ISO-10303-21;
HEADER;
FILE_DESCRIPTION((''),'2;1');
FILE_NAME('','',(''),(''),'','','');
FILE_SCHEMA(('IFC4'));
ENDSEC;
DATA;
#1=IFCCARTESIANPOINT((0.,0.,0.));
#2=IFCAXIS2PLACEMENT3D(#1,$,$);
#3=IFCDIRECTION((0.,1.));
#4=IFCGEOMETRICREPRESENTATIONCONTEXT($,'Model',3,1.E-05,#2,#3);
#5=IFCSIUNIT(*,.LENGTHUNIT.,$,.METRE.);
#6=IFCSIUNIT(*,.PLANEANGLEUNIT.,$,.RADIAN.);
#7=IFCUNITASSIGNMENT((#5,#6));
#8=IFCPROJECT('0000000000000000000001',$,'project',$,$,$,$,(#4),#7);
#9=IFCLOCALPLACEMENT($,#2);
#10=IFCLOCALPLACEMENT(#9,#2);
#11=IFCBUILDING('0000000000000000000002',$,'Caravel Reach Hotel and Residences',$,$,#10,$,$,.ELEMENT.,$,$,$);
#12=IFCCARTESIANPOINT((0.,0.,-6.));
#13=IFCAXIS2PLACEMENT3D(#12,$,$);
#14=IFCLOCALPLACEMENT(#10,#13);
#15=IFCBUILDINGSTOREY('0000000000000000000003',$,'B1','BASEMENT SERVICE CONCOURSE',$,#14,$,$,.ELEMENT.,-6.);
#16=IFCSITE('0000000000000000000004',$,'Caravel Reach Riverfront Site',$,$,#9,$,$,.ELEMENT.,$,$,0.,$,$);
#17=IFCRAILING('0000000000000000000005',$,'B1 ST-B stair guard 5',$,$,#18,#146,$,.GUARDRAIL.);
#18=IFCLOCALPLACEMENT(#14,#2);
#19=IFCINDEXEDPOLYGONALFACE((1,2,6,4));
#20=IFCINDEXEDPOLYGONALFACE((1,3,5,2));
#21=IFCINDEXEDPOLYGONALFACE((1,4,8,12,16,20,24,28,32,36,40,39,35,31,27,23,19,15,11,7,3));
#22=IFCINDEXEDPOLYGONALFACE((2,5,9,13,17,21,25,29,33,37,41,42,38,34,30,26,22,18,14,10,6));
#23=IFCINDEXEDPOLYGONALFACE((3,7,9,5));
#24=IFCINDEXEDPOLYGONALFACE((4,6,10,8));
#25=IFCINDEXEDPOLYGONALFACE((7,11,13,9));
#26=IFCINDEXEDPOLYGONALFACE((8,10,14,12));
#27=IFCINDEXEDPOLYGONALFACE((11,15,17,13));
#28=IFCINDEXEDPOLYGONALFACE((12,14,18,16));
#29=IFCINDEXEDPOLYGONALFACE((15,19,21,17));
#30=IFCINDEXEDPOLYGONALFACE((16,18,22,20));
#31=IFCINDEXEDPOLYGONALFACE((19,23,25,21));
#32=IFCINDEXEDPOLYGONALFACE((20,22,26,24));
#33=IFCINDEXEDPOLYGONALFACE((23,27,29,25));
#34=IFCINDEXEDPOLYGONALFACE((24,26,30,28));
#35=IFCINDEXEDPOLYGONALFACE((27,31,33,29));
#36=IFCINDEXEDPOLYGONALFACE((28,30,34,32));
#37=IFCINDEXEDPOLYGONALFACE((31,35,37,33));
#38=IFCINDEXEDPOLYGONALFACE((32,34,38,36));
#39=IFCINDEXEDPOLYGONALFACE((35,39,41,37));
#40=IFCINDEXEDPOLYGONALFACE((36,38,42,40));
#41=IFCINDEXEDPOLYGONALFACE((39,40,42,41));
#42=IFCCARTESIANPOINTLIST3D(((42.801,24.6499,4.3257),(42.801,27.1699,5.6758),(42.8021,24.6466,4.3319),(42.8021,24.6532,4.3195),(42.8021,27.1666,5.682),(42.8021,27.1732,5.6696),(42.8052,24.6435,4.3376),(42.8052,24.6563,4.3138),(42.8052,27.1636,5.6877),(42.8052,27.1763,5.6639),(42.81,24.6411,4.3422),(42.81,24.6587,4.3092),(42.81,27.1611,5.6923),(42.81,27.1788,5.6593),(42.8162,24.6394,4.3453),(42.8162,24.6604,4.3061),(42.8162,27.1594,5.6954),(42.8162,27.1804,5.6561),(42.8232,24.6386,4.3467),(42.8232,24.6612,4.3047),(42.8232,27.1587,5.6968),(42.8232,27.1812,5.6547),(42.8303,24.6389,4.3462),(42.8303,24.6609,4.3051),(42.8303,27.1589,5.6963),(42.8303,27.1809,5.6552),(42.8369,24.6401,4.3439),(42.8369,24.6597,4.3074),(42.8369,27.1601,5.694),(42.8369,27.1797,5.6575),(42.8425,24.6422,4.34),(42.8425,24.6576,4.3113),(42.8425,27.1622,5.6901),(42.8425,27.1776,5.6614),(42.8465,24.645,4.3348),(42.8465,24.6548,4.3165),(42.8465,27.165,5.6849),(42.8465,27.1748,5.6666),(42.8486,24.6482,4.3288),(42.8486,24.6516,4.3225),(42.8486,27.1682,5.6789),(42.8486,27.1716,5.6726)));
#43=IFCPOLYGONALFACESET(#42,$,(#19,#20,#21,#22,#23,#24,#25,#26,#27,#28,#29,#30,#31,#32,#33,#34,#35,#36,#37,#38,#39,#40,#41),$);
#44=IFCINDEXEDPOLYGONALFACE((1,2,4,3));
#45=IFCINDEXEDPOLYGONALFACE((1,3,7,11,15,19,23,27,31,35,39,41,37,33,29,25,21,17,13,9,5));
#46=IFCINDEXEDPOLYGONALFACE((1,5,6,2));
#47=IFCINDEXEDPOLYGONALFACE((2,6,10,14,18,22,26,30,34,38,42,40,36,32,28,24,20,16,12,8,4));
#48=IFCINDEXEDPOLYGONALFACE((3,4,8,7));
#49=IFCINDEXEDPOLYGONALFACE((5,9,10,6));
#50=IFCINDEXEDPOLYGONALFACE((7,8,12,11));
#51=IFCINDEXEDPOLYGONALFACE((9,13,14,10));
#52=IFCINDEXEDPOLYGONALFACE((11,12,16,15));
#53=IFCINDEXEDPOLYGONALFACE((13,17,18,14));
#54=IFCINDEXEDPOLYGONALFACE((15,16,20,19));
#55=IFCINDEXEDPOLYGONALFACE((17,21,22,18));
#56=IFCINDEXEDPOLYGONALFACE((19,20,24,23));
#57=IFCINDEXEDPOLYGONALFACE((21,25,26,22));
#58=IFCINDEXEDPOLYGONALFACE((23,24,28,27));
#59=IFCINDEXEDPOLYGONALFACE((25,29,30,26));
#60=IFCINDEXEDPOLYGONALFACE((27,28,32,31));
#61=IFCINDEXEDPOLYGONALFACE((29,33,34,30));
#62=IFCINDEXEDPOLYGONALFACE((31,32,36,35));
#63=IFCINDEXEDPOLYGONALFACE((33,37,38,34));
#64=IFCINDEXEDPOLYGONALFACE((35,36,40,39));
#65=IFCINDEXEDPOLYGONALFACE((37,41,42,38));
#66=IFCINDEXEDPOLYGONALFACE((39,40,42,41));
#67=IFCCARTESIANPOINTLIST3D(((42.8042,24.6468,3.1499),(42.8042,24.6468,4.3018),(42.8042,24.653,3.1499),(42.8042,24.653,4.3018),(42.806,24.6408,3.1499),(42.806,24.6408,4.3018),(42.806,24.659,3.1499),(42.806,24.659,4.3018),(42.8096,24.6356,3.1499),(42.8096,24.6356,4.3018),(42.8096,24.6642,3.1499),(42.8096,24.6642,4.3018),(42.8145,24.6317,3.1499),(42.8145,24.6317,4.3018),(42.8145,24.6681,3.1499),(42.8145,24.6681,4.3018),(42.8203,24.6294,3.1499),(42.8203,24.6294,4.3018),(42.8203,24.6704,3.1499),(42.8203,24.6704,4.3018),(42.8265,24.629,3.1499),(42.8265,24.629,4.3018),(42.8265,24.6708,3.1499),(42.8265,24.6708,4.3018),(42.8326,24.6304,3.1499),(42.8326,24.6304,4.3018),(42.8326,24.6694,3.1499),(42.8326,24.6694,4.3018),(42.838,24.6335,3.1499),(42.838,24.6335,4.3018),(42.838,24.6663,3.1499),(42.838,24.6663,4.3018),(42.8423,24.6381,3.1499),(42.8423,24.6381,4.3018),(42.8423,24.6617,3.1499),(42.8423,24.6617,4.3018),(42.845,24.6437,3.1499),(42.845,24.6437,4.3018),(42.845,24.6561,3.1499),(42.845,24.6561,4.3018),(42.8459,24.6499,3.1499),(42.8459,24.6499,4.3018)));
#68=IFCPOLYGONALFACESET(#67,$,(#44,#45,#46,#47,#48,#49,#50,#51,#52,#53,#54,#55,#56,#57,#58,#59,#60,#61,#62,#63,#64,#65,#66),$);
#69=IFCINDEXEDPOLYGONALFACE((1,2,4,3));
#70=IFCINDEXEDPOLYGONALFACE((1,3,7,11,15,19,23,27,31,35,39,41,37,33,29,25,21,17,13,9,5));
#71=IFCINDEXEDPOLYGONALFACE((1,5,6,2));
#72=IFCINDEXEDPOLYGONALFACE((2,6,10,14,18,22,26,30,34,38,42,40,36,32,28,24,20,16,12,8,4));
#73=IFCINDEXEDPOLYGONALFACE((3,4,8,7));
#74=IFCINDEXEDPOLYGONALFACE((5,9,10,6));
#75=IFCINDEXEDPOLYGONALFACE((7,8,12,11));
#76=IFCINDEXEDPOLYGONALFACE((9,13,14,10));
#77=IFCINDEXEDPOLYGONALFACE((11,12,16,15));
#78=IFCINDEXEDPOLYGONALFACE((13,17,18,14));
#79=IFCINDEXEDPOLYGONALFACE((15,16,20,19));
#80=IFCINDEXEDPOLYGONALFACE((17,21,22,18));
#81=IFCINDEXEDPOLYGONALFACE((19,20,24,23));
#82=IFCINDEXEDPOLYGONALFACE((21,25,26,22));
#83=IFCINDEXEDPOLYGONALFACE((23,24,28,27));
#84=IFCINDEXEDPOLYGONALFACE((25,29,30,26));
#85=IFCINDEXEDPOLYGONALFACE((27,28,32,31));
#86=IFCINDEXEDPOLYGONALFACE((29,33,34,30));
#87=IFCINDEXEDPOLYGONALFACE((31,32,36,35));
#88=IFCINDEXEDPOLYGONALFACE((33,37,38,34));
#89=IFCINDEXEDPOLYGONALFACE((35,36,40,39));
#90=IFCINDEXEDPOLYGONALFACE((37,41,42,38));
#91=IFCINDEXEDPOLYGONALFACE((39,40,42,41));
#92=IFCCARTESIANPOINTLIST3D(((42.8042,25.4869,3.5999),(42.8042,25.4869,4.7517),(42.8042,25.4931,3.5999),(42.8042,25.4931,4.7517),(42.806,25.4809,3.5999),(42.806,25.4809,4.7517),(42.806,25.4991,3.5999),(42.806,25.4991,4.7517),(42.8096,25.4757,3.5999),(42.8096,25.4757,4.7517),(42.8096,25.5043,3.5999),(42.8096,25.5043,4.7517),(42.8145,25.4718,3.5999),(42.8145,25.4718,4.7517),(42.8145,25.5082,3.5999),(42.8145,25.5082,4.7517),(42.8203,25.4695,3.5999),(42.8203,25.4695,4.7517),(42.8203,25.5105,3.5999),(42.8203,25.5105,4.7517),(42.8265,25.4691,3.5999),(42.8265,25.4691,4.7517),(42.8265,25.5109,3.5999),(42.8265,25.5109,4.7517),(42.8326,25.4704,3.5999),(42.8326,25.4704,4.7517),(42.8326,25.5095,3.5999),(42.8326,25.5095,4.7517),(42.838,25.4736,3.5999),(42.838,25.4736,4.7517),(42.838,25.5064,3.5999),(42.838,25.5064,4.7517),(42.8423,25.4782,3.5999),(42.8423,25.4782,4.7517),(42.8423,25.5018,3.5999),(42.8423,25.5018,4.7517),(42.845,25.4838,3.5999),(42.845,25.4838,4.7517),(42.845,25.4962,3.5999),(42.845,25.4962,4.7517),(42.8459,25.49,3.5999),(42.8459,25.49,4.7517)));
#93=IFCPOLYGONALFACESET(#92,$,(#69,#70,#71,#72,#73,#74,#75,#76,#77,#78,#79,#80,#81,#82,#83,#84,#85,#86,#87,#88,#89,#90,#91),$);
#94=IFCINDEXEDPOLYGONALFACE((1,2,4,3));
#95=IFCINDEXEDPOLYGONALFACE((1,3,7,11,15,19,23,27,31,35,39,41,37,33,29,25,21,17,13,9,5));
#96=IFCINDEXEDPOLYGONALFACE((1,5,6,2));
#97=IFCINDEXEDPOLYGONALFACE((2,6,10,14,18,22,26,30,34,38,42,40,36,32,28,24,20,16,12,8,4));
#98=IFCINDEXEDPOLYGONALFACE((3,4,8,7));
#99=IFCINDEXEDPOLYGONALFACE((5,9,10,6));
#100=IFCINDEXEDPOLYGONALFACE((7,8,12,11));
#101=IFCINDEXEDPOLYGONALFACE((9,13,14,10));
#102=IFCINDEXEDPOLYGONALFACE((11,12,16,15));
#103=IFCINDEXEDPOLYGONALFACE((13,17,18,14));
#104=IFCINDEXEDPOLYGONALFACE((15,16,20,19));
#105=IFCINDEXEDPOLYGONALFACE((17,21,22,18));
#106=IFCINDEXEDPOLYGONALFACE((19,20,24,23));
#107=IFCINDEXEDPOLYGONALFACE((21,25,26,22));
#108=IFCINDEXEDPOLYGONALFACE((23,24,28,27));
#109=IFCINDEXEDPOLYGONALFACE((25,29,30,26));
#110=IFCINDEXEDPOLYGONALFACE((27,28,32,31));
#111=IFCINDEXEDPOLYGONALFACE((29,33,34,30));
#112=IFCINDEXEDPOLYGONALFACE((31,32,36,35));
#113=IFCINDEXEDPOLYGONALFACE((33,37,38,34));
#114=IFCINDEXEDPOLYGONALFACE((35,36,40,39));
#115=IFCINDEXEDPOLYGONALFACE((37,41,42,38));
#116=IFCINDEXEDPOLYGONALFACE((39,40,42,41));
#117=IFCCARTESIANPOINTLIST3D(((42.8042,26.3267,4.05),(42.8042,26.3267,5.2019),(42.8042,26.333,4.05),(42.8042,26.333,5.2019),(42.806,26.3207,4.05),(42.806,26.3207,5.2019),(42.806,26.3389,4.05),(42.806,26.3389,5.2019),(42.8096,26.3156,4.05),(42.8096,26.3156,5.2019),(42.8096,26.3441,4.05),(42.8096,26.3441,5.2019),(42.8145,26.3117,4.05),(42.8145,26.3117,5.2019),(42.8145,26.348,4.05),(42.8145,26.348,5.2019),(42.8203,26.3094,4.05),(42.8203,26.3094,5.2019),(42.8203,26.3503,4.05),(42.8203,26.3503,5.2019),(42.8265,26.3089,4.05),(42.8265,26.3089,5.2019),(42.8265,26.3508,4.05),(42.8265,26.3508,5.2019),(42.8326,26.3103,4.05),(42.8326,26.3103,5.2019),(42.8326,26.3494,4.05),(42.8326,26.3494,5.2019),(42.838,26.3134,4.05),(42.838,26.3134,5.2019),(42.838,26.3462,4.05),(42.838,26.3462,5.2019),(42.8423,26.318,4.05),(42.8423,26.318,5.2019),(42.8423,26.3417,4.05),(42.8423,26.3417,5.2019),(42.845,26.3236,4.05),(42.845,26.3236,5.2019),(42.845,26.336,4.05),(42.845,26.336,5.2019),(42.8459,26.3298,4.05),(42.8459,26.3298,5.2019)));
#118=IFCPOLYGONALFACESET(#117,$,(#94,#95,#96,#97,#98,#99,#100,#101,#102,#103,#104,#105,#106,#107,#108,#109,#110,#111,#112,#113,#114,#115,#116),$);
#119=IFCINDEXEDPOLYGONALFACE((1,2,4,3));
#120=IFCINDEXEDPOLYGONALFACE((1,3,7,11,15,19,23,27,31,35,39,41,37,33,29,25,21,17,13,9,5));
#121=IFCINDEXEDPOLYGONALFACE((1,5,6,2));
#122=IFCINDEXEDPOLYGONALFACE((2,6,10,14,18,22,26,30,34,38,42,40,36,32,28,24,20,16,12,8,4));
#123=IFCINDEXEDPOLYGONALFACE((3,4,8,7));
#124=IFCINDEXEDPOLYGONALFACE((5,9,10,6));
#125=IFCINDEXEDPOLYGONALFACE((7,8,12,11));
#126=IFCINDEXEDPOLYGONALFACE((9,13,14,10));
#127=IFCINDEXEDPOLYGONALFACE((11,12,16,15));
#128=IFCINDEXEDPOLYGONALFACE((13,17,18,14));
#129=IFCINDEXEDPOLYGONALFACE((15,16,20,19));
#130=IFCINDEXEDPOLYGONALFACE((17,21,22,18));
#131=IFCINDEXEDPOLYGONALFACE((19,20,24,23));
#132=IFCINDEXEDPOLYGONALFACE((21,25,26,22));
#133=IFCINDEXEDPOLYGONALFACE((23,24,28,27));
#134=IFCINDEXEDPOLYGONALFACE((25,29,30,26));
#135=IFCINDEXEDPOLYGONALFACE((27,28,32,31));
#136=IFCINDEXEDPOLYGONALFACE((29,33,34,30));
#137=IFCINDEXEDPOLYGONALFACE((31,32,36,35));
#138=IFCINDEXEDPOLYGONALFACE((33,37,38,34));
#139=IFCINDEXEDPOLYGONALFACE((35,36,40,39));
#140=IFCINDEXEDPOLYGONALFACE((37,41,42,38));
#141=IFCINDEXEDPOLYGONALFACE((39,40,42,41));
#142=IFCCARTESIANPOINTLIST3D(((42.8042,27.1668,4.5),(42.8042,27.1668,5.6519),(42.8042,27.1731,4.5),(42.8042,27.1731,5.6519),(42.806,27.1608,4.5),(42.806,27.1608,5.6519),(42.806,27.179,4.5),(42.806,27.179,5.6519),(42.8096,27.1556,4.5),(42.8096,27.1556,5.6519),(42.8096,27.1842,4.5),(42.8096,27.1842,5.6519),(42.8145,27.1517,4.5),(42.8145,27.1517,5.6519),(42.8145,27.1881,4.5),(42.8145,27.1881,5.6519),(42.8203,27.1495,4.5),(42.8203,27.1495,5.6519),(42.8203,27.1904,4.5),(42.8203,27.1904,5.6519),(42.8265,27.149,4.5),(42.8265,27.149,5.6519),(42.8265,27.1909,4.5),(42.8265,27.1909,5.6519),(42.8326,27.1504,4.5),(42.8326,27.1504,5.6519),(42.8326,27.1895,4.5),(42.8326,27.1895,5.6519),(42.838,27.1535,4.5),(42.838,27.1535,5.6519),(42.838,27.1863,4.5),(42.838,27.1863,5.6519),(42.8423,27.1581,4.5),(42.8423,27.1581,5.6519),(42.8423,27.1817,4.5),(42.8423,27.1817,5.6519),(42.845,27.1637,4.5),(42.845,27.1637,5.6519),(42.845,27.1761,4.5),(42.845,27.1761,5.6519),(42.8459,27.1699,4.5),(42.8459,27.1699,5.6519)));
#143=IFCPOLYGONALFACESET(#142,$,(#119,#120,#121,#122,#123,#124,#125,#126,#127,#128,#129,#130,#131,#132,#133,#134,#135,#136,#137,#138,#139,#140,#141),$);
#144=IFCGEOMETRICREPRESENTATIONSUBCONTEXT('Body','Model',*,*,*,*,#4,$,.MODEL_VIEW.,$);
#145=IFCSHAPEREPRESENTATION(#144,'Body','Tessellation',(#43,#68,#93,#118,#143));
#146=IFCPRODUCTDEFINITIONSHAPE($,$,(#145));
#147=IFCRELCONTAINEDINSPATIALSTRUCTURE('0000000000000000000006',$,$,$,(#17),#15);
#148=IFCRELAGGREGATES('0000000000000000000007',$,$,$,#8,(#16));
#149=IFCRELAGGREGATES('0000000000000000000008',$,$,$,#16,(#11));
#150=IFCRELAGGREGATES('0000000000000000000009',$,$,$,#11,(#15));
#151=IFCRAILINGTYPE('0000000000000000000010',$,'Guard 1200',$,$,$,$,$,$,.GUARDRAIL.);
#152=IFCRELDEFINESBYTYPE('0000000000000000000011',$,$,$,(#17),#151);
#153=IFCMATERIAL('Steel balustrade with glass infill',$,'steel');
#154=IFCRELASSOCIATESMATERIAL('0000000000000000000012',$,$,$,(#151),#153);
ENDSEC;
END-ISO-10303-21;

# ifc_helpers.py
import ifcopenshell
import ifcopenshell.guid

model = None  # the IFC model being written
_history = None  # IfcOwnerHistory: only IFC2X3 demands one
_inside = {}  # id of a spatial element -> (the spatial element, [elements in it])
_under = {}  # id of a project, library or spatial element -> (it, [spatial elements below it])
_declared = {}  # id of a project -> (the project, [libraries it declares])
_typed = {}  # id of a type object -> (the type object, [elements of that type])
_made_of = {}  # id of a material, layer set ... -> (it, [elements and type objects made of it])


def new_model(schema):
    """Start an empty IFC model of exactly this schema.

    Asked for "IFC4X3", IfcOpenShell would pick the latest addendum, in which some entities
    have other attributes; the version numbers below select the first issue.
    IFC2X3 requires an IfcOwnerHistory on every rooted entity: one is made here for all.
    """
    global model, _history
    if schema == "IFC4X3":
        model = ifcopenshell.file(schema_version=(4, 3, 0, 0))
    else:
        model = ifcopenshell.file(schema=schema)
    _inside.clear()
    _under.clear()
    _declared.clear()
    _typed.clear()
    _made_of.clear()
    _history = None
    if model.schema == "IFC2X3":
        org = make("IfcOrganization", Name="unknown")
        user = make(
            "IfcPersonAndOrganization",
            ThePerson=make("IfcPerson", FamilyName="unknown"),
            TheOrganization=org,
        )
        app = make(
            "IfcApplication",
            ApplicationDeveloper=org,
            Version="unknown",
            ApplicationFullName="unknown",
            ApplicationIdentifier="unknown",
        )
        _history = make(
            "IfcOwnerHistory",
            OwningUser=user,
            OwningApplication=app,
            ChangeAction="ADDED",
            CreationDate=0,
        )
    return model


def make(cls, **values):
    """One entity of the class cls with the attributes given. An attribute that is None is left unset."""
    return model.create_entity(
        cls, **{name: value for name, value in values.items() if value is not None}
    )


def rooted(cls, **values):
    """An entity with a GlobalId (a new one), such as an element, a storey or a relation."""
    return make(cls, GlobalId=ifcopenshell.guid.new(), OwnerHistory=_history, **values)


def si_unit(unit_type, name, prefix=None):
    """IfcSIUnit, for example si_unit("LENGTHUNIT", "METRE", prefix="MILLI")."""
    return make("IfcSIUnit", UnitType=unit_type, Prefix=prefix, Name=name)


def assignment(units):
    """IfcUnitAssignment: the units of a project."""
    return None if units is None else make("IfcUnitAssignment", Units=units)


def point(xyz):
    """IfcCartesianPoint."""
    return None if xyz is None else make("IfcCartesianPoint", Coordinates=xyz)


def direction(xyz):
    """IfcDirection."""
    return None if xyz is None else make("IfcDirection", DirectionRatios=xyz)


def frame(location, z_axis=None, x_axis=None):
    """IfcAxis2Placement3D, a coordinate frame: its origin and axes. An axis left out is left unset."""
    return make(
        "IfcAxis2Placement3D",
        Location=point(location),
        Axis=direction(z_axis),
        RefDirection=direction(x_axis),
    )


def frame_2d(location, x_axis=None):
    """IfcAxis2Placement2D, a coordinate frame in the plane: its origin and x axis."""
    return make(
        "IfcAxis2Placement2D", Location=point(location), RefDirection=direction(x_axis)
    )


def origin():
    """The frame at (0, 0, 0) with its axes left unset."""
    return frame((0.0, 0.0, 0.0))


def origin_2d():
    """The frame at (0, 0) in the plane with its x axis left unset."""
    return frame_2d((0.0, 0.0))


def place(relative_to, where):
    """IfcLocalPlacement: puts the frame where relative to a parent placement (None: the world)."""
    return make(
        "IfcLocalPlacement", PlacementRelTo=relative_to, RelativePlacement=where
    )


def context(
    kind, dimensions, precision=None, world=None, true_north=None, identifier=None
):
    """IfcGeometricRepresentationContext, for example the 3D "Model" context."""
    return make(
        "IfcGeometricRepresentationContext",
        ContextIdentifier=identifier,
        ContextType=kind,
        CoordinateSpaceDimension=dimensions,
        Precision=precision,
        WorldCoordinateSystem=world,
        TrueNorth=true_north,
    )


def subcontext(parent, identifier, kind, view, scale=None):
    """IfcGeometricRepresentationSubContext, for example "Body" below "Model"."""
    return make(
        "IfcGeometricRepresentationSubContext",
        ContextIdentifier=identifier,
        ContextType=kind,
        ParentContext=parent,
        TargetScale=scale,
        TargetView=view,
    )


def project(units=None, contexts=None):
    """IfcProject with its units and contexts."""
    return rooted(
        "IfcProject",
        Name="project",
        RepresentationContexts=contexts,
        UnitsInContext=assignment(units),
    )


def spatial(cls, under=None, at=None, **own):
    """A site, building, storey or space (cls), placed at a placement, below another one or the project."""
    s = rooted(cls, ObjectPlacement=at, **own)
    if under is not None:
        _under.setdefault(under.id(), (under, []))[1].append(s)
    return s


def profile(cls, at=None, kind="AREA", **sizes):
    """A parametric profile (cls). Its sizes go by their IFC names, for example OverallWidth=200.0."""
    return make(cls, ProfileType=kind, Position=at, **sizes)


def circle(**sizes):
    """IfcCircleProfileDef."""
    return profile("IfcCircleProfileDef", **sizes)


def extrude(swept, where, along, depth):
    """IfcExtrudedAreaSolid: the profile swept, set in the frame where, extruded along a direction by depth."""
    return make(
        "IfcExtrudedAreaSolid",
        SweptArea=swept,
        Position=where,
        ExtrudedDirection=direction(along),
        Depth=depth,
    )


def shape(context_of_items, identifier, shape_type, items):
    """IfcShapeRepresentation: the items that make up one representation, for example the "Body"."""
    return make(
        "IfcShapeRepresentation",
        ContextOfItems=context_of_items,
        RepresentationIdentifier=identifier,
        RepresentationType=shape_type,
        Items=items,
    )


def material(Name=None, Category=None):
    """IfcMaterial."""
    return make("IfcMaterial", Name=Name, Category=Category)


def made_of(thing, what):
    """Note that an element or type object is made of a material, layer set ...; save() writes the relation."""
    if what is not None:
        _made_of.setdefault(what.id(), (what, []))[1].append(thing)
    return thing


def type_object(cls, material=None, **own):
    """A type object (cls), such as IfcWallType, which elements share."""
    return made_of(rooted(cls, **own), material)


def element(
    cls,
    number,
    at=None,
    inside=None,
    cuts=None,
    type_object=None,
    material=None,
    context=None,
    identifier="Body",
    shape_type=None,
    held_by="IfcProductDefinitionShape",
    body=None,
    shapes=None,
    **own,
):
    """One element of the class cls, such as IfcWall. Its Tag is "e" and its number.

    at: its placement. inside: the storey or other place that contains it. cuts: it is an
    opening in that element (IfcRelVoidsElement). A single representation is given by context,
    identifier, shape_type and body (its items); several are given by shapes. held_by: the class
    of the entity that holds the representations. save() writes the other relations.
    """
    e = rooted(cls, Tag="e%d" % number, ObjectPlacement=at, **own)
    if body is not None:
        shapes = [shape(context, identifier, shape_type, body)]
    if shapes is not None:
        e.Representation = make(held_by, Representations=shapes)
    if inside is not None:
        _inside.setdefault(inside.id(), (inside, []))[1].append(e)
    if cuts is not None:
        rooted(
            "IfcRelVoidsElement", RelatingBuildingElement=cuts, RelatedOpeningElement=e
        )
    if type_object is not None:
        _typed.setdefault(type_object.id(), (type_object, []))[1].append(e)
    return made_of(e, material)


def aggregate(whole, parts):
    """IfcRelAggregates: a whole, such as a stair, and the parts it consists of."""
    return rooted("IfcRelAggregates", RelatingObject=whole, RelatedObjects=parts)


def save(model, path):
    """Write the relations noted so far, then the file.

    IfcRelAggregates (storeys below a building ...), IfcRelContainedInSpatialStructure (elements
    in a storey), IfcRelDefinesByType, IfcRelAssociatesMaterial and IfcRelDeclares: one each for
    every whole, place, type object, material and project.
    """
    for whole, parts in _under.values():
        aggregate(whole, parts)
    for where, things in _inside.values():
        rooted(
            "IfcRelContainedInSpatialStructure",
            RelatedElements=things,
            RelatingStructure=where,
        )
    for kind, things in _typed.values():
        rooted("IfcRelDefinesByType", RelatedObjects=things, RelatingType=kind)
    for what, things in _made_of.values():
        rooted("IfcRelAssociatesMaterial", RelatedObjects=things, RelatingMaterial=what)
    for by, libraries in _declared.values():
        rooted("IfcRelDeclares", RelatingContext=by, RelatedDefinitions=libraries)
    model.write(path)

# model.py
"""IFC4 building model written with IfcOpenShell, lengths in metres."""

from ifc_helpers import new_model, si_unit, direction, frame, origin, origin_2d, place, context, subcontext, project, spatial, circle, extrude, material, type_object, element, save


model = new_model("IFC4")

# Units and contexts
model_context = context("Model", 3, precision=1e-05, world=origin(), true_north=direction((0.0, 1.0)))
body_context = subcontext(model_context, "Body", "Model", "MODEL_VIEW")
ifc_project = project(units=[si_unit("LENGTHUNIT", "METRE"), si_unit("PLANEANGLEUNIT", "RADIAN")], contexts=[model_context])

# Site, building, storey
site_placement = place(None, origin())
site = spatial("IfcSite", under=ifc_project, at=site_placement, Name="Caravel Reach Riverfront Site", CompositionType="ELEMENT", RefElevation=0.0)
building_placement = place(site_placement, origin())
building = spatial("IfcBuilding", under=site, at=building_placement, Name="Caravel Reach Hotel and Residences", CompositionType="ELEMENT")
storey_placement = place(building_placement, frame((0.0, 0.0, -6.0)))
storey = spatial("IfcBuildingStorey", under=building, at=storey_placement, Name="B1", Description="BASEMENT SERVICE CONCOURSE", CompositionType="ELEMENT", Elevation=-6.0)

# Railing
ifc_material_1 = material(Name="Steel balustrade with glass infill", Category="steel")
railing_type_1 = type_object("IfcRailingType", Name="Guard 1200", PredefinedType="GUARDRAIL", material=ifc_material_1)
railing_placement = place(storey_placement, frame((42.825, 24.6499, 3.1499)))
element("IfcRailing", 1, at=railing_placement, inside=storey, type_object=railing_type_1, Name="B1 ST-B stair guard 5", PredefinedType="GUARDRAIL", context=body_context, shape_type="SweptSolid", body=[
    extrude(circle(Radius=0.0239, at=origin_2d()), frame((0.0, 0.0, 1.1758), z_axis=(0.0, 0.881467, 0.472245), x_axis=(-1.0, 0.0, 0.0)), (0.0, 0.0, 1.0), 2.8589),
    extrude(circle(Radius=0.021, at=origin_2d()), origin(), (0.0, 0.0, 1.0), 1.1519),
    extrude(circle(Radius=0.021, at=origin_2d()), frame((0.0, 0.8401, 0.45)), (0.0, 0.0, 1.0), 1.1519),
    extrude(circle(Radius=0.021, at=origin_2d()), frame((0.0, 1.6799, 0.9001)), (0.0, 0.0, 1.0), 1.1519),
    extrude(circle(Radius=0.021, at=origin_2d()), frame((0.0, 2.52, 1.3501)), (0.0, 0.0, 1.0), 1.1519),
])

save(model, "model.ifc")
